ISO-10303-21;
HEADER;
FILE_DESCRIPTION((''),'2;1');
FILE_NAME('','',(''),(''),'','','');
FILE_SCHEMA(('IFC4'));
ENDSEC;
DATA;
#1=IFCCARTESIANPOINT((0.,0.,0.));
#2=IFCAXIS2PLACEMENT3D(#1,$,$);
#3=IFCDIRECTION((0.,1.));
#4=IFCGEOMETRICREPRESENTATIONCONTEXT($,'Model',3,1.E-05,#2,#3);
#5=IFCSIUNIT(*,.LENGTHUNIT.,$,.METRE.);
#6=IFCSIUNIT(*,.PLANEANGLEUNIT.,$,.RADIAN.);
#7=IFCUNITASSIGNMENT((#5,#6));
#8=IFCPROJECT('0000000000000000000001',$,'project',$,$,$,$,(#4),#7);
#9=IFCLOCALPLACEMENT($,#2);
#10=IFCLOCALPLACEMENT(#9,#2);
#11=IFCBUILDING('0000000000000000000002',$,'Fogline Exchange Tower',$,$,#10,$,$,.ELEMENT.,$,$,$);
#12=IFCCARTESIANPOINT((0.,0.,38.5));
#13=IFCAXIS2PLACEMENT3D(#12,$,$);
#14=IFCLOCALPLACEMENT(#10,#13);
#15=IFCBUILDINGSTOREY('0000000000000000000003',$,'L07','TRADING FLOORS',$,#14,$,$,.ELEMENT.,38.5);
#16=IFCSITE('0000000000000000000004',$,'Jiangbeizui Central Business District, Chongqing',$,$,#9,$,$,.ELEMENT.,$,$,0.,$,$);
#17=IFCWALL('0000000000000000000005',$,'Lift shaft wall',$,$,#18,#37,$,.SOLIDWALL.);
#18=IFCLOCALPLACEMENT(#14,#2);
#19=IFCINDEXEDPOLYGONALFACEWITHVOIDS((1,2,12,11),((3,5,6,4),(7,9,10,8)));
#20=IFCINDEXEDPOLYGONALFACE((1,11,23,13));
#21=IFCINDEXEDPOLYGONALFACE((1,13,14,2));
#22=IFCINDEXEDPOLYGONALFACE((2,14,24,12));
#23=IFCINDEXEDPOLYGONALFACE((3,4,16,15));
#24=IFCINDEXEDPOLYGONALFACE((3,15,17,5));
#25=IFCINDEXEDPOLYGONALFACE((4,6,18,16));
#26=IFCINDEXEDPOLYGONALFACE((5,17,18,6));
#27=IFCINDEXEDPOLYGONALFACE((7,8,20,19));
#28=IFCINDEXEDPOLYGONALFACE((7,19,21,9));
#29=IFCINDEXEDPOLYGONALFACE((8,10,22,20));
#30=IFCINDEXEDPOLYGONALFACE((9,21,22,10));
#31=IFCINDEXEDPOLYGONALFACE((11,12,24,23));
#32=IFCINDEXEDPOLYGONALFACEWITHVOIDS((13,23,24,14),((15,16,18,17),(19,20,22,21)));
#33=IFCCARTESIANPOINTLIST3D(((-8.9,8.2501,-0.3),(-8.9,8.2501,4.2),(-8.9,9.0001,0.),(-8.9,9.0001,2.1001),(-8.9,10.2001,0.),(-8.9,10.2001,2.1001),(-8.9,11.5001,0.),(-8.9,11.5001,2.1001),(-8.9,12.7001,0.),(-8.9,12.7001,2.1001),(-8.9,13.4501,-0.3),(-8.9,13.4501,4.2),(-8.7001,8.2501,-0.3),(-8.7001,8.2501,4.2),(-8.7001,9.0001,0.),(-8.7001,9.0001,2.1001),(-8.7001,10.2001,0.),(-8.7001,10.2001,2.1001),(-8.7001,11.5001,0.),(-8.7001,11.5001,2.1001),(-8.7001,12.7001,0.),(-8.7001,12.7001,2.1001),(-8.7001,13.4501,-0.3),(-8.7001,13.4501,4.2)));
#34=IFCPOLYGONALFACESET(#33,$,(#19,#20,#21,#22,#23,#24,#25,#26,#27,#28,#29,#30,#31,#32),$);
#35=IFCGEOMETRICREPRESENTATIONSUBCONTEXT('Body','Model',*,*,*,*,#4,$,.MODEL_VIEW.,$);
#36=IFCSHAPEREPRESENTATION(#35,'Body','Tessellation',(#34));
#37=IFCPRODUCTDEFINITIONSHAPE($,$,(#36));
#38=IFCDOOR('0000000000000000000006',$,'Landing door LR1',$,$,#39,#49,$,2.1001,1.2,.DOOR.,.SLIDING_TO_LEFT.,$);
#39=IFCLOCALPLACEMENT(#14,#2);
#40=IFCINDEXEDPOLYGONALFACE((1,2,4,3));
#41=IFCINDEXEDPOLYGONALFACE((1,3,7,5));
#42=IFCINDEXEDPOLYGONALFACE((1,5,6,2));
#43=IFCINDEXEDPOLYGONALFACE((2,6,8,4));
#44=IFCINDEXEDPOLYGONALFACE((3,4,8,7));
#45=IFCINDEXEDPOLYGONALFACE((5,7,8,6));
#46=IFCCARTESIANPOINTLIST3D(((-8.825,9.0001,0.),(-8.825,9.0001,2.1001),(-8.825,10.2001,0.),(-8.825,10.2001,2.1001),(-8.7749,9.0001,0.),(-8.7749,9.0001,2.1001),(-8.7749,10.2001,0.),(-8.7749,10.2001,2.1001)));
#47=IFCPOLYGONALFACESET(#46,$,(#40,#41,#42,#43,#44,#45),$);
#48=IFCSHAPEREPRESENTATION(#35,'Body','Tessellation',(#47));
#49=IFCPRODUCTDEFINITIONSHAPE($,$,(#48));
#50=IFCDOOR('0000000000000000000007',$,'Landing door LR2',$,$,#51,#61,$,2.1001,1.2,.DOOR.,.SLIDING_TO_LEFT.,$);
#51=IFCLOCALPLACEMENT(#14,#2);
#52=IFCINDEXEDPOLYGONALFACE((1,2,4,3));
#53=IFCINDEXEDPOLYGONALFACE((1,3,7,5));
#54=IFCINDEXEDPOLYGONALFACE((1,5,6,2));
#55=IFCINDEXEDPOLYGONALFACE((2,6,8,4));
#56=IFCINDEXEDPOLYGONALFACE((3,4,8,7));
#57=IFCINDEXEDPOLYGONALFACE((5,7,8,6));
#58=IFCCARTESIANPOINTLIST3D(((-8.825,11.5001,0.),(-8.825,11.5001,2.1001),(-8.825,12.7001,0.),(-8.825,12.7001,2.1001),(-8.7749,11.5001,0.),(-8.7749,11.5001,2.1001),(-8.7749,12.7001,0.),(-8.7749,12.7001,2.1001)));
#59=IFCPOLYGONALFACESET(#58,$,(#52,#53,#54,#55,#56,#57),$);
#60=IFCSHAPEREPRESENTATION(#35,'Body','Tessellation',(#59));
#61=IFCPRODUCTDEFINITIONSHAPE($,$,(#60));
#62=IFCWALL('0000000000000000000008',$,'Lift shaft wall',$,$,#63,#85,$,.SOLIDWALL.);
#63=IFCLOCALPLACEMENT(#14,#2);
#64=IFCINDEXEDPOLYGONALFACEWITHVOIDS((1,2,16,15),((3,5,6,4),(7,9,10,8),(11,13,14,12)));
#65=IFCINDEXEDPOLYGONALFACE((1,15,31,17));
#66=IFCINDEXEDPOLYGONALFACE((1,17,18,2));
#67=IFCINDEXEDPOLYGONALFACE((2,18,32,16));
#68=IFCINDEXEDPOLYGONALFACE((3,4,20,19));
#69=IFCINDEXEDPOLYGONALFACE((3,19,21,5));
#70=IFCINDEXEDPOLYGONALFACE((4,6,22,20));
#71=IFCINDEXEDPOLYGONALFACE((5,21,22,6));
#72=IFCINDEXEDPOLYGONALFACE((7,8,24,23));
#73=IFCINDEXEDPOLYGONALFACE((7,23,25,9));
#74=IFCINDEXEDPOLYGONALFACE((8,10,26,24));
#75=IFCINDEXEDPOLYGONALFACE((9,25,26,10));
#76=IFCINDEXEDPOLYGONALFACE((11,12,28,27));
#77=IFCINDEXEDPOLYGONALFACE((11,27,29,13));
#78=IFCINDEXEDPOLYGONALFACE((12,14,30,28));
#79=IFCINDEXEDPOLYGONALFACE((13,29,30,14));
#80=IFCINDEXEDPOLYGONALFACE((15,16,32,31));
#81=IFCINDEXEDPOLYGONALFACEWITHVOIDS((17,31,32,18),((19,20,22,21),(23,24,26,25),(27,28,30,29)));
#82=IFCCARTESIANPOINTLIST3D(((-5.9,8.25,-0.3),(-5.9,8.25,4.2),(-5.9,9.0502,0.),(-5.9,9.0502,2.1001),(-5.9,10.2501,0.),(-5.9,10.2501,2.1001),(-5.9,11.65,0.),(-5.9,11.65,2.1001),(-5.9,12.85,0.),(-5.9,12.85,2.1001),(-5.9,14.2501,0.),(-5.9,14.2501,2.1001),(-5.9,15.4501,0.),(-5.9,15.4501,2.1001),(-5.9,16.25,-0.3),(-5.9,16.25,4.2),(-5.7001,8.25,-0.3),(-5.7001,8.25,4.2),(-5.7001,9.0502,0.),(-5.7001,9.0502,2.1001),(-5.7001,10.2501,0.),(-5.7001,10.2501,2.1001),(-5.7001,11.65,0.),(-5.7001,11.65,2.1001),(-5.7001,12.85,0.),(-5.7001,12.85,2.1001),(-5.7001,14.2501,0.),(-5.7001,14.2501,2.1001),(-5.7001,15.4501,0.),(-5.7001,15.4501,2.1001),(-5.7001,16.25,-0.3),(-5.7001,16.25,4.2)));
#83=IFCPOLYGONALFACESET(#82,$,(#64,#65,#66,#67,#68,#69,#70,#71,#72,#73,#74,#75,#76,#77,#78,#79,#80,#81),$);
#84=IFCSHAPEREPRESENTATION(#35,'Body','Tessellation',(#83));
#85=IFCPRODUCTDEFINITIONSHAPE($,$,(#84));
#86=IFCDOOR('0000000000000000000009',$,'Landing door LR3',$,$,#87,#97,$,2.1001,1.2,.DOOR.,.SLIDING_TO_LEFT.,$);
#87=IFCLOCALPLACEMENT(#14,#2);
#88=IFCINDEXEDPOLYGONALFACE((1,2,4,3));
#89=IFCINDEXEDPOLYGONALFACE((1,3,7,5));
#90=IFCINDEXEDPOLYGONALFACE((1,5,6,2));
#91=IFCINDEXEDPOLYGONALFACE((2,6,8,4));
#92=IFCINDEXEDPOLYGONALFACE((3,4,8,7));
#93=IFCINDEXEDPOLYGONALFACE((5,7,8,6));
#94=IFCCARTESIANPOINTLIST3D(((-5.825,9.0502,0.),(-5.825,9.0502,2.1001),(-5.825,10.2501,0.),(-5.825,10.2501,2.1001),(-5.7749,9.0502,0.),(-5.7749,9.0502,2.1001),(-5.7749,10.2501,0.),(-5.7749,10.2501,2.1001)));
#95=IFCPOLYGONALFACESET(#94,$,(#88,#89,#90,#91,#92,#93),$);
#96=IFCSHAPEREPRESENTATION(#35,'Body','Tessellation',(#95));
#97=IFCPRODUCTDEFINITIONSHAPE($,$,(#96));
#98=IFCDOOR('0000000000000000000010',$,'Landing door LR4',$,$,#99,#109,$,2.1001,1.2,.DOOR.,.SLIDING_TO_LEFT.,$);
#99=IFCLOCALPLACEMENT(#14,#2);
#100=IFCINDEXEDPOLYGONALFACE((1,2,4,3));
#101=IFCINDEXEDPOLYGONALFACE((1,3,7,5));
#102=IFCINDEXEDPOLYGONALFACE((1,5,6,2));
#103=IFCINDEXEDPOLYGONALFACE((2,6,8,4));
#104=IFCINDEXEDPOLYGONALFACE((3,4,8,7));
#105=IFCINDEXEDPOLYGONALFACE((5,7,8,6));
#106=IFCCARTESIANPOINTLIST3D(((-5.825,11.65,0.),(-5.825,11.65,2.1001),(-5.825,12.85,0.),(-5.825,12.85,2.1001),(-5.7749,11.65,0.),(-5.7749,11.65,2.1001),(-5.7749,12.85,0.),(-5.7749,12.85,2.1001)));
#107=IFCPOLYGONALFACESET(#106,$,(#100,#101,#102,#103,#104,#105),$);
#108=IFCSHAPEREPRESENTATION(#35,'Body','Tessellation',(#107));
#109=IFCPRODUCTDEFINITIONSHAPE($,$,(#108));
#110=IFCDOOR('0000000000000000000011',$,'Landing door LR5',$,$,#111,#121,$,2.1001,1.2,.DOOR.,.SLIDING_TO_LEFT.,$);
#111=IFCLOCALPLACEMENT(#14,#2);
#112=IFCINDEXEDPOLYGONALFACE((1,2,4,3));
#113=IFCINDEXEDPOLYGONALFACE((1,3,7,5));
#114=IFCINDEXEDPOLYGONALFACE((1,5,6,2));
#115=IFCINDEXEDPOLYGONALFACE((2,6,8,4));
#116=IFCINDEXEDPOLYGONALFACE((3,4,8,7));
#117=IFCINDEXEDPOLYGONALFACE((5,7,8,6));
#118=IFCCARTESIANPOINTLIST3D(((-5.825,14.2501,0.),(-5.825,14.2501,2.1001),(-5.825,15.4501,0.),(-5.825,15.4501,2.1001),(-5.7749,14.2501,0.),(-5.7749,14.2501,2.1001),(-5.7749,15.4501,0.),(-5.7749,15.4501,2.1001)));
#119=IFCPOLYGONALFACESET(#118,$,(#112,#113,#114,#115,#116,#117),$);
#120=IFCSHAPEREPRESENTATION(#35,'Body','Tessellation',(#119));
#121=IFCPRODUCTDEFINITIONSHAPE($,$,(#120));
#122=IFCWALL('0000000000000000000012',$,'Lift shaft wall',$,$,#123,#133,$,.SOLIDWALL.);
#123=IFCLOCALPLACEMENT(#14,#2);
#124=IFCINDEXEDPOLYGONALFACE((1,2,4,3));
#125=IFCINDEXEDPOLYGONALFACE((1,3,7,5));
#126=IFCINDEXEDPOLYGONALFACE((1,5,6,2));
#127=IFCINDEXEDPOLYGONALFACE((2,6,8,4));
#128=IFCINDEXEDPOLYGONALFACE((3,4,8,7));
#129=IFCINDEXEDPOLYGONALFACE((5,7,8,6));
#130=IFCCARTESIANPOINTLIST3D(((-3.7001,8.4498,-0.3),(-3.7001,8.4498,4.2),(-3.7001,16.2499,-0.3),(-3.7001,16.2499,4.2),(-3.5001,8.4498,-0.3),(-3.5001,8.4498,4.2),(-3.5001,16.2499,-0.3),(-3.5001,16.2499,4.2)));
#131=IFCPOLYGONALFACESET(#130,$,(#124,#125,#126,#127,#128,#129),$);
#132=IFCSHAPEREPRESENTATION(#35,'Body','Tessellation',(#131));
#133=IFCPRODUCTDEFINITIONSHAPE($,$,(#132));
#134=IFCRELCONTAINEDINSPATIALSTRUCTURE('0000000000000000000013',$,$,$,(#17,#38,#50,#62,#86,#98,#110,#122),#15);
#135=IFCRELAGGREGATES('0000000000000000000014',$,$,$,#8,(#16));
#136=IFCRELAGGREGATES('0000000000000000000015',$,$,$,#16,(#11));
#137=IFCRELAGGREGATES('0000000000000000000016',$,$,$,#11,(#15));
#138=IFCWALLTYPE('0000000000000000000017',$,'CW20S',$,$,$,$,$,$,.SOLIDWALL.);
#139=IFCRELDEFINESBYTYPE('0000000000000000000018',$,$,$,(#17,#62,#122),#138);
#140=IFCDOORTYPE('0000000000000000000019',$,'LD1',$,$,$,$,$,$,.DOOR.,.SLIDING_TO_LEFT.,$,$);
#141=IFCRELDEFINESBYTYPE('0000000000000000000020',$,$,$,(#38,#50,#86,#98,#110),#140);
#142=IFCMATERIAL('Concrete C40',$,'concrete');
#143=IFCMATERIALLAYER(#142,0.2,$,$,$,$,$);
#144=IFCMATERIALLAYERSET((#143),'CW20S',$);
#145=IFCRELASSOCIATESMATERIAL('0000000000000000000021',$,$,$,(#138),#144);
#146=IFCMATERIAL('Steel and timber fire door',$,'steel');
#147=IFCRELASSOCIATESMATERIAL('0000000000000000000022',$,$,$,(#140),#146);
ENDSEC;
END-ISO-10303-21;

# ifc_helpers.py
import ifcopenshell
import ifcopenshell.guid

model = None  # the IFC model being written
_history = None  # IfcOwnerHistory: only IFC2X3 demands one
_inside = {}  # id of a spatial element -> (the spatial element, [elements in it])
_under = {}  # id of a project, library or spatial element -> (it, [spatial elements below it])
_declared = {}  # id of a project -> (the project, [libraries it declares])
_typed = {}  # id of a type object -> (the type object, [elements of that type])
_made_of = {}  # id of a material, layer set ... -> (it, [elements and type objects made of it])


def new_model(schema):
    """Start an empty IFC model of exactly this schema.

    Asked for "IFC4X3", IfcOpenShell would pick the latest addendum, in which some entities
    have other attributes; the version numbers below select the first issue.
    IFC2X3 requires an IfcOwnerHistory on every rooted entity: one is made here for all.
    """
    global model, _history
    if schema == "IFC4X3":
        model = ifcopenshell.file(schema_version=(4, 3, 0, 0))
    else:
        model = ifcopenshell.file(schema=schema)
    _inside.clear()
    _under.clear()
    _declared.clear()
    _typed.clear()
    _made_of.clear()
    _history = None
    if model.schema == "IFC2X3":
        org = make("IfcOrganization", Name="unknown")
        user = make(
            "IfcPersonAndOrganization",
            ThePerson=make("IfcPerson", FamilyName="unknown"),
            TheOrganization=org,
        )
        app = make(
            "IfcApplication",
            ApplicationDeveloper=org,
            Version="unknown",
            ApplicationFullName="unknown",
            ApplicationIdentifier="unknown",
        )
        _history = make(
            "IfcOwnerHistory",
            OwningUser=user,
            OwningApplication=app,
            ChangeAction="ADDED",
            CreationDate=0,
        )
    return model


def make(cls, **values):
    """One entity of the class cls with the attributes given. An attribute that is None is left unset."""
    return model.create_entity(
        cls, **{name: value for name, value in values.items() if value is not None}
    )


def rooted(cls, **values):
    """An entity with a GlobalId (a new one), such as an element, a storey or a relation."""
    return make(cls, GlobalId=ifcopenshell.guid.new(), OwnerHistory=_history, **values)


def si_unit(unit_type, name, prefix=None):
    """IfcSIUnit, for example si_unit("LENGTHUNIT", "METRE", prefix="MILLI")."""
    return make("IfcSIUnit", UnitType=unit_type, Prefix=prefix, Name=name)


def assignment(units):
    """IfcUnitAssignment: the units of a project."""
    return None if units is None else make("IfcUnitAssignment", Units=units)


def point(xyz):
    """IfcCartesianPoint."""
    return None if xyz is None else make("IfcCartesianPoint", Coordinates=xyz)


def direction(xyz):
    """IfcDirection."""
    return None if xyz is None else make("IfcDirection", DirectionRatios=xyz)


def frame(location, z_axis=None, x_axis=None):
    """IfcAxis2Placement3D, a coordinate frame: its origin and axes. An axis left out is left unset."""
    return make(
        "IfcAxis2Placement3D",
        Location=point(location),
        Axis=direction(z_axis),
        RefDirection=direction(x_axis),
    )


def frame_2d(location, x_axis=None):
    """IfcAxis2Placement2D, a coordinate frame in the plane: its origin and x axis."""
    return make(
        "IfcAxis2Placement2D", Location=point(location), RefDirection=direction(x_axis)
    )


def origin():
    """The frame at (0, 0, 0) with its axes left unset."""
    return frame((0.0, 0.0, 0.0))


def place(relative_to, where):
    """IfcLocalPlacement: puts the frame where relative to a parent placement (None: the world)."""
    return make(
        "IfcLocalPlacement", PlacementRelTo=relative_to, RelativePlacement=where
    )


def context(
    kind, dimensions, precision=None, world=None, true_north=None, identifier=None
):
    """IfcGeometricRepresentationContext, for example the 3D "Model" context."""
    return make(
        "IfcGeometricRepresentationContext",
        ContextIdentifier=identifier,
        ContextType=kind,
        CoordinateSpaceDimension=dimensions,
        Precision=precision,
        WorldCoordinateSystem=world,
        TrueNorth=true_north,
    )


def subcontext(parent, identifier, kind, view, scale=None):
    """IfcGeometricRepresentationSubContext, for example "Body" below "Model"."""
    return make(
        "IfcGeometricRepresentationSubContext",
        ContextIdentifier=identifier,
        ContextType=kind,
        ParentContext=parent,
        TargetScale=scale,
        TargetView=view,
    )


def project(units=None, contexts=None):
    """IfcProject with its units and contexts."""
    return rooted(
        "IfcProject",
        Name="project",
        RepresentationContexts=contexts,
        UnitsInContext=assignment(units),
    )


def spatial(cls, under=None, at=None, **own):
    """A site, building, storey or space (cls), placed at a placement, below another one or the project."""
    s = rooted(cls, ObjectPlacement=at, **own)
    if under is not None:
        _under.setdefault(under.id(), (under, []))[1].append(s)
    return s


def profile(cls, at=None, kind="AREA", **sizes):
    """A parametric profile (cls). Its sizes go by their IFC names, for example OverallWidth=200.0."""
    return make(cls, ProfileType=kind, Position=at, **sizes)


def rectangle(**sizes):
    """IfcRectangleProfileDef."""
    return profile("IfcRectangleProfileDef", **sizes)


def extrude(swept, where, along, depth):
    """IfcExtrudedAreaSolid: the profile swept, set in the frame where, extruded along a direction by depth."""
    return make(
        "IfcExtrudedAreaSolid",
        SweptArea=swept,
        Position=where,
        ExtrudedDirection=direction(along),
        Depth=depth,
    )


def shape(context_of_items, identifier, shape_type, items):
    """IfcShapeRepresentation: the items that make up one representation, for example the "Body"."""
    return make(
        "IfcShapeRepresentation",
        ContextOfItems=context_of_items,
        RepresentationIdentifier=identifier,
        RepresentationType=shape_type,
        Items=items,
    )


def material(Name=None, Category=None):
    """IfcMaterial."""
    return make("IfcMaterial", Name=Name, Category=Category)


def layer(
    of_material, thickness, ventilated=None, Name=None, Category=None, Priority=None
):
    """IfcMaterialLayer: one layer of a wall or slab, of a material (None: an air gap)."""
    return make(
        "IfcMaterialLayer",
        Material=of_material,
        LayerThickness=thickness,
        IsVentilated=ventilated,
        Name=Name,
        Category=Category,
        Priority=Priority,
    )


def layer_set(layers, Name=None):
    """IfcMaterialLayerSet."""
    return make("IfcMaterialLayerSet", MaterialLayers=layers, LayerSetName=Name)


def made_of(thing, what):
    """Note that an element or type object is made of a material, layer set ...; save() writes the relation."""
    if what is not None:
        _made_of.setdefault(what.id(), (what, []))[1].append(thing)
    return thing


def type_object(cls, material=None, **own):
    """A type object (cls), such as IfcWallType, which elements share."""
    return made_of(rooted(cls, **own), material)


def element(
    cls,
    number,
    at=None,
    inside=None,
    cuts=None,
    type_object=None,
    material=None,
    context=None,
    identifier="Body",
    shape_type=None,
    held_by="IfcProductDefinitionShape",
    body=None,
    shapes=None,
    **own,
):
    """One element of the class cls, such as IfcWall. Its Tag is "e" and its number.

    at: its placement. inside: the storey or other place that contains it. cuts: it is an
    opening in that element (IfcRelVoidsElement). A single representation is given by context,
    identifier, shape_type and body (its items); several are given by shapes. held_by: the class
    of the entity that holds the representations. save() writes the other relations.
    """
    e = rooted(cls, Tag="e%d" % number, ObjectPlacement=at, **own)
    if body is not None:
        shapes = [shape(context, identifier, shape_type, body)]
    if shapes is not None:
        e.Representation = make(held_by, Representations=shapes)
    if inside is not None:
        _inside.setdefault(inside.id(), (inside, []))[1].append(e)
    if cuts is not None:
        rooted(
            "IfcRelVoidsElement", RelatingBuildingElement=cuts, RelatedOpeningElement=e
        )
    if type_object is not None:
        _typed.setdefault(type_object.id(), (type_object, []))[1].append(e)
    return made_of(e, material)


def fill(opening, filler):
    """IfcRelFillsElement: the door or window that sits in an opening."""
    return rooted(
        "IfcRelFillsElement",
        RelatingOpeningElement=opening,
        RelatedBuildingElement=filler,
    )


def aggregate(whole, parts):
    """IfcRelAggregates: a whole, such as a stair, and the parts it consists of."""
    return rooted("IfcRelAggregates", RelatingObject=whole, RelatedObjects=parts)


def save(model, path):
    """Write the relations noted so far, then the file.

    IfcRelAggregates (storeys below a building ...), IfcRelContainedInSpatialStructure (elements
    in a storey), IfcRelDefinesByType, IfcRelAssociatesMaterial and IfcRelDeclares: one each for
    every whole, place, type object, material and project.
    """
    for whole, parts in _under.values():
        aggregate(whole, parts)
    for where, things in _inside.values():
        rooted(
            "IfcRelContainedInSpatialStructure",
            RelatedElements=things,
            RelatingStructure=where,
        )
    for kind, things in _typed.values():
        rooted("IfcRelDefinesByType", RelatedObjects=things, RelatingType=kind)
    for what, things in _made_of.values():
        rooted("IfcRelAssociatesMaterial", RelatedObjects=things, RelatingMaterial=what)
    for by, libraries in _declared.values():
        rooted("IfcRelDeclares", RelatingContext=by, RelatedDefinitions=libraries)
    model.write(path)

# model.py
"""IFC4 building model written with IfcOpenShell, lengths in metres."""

from ifc_helpers import new_model, si_unit, direction, frame, frame_2d, origin, place, context, subcontext, project, spatial, rectangle, extrude, material, layer, layer_set, type_object, element, fill, save


model = new_model("IFC4")

# Units and contexts
model_context = context("Model", 3, precision=1e-05, world=origin(), true_north=direction((0.0, 1.0)))
body_context = subcontext(model_context, "Body", "Model", "MODEL_VIEW")
ifc_project = project(units=[si_unit("LENGTHUNIT", "METRE"), si_unit("PLANEANGLEUNIT", "RADIAN")], contexts=[model_context])

# Site, building, storey
site_placement = place(None, origin())
site = spatial("IfcSite", under=ifc_project, at=site_placement, Name="Jiangbeizui Central Business District, Chongqing", CompositionType="ELEMENT", RefElevation=0.0)
building_placement = place(site_placement, origin())
building = spatial("IfcBuilding", under=site, at=building_placement, Name="Fogline Exchange Tower", CompositionType="ELEMENT")
storey_placement = place(building_placement, frame((0.0, 0.0, 38.5)))
storey = spatial("IfcBuildingStorey", under=building, at=storey_placement, Name="L07", Description="TRADING FLOORS", CompositionType="ELEMENT", Elevation=38.5)

# Shared definitions
ifc_material_1 = material(Name="Steel and timber fire door", Category="steel")

# Shared definitions
ifc_material_2 = material(Name="Concrete C40", Category="concrete")

# Walls, openings, doors
ifc_layer_1 = layer(ifc_material_2, 0.2)
ifc_layer_set_1 = layer_set([ifc_layer_1], Name="CW20S")
wall_type_1 = type_object("IfcWallType", Name="CW20S", PredefinedType="SOLIDWALL", material=ifc_layer_set_1)
wall_1_placement = place(storey_placement, frame((-8.8, 8.25, -0.3), z_axis=(0.0, 0.0, 1.0), x_axis=(0.0, 1.0, 0.0)))
wall_1 = element("IfcWall", 1, at=wall_1_placement, inside=storey, type_object=wall_type_1, Name="Lift shaft wall", PredefinedType="SOLIDWALL", context=body_context, shape_type="SweptSolid", body=[
    extrude(rectangle(XDim=5.2, YDim=0.2, at=frame_2d((2.6001, 0.0))), origin(), (0.0, 0.0, 1.0), 4.5),
])
opening_1_placement = place(wall_1_placement, frame((0.75, 0.0, 0.3)))
opening_1 = element("IfcOpeningElement", 2, at=opening_1_placement, cuts=wall_1, PredefinedType="OPENING", context=body_context, shape_type="SweptSolid", body=[
    extrude(rectangle(XDim=1.2, YDim=2.1001, at=frame_2d((0.6001, 1.05))), frame((0.0, 0.1099, 0.0), z_axis=(0.0, -1.0, 0.0), x_axis=(1.0, 0.0, 0.0)), (0.0, 0.0, 1.0), 0.22),
])
opening_2_placement = place(wall_1_placement, frame((3.25, 0.0, 0.3)))
opening_2 = element("IfcOpeningElement", 3, at=opening_2_placement, cuts=wall_1, PredefinedType="OPENING", context=body_context, shape_type="SweptSolid", body=[
    extrude(rectangle(XDim=1.2, YDim=2.1001, at=frame_2d((0.6001, 1.05))), frame((0.0, 0.1099, 0.0), z_axis=(0.0, -1.0, 0.0), x_axis=(1.0, 0.0, 0.0)), (0.0, 0.0, 1.0), 0.22),
])
door_type_1 = type_object("IfcDoorType", Name="LD1", OperationType="SLIDING_TO_LEFT", PredefinedType="DOOR", material=ifc_material_1)
door_1_placement = place(opening_1_placement, origin())
door_1 = element("IfcDoor", 4, at=door_1_placement, inside=storey, type_object=door_type_1, Name="Landing door LR1", OperationType="SLIDING_TO_LEFT", OverallHeight=2.1001, OverallWidth=1.2, PredefinedType="DOOR", context=body_context, shape_type="SweptSolid", body=[
    extrude(rectangle(XDim=1.2, YDim=2.1001, at=frame_2d((0.6001, 1.05))), frame((0.0, 0.0249, 0.0), z_axis=(0.0, -1.0, 0.0), x_axis=(1.0, 0.0, 0.0)), (0.0, 0.0, 1.0), 0.05),
])
fill(opening_1, door_1)
door_2_placement = place(opening_2_placement, origin())
door_2 = element("IfcDoor", 5, at=door_2_placement, inside=storey, type_object=door_type_1, Name="Landing door LR2", OperationType="SLIDING_TO_LEFT", OverallHeight=2.1001, OverallWidth=1.2, PredefinedType="DOOR", context=body_context, shape_type="SweptSolid", body=[
    extrude(rectangle(XDim=1.2, YDim=2.1001, at=frame_2d((0.6001, 1.05))), frame((0.0, 0.0249, 0.0), z_axis=(0.0, -1.0, 0.0), x_axis=(1.0, 0.0, 0.0)), (0.0, 0.0, 1.0), 0.05),
])
fill(opening_2, door_2)
wall_2_placement = place(storey_placement, frame((-5.8, 8.25, -0.3), z_axis=(0.0, 0.0, 1.0), x_axis=(0.0, 1.0, 0.0)))
wall_2 = element("IfcWall", 6, at=wall_2_placement, inside=storey, type_object=wall_type_1, Name="Lift shaft wall", PredefinedType="SOLIDWALL", context=body_context, shape_type="SweptSolid", body=[
    extrude(rectangle(XDim=8.0, YDim=0.2, at=frame_2d((4.0, 0.0))), origin(), (0.0, 0.0, 1.0), 4.5),
])
opening_3_placement = place(wall_2_placement, frame((0.8, 0.0, 0.3)))
opening_3 = element("IfcOpeningElement", 7, at=opening_3_placement, cuts=wall_2, PredefinedType="OPENING", context=body_context, shape_type="SweptSolid", body=[
    extrude(rectangle(XDim=1.2, YDim=2.1001, at=frame_2d((0.6001, 1.05))), frame((0.0, 0.1099, 0.0), z_axis=(0.0, -1.0, 0.0), x_axis=(1.0, 0.0, 0.0)), (0.0, 0.0, 1.0), 0.22),
])
opening_4_placement = place(wall_2_placement, frame((3.3999, 0.0, 0.3)))
opening_4 = element("IfcOpeningElement", 8, at=opening_4_placement, cuts=wall_2, PredefinedType="OPENING", context=body_context, shape_type="SweptSolid", body=[
    extrude(rectangle(XDim=1.2, YDim=2.1001, at=frame_2d((0.6001, 1.05))), frame((0.0, 0.1099, 0.0), z_axis=(0.0, -1.0, 0.0), x_axis=(1.0, 0.0, 0.0)), (0.0, 0.0, 1.0), 0.22),
])
opening_5_placement = place(wall_2_placement, frame((6.0, 0.0, 0.3)))
opening_5 = element("IfcOpeningElement", 9, at=opening_5_placement, cuts=wall_2, PredefinedType="OPENING", context=body_context, shape_type="SweptSolid", body=[
    extrude(rectangle(XDim=1.2, YDim=2.1001, at=frame_2d((0.6001, 1.05))), frame((0.0, 0.1099, 0.0), z_axis=(0.0, -1.0, 0.0), x_axis=(1.0, 0.0, 0.0)), (0.0, 0.0, 1.0), 0.22),
])
door_3_placement = place(opening_3_placement, origin())
door_3 = element("IfcDoor", 10, at=door_3_placement, inside=storey, type_object=door_type_1, Name="Landing door LR3", OperationType="SLIDING_TO_LEFT", OverallHeight=2.1001, OverallWidth=1.2, PredefinedType="DOOR", context=body_context, shape_type="SweptSolid", body=[
    extrude(rectangle(XDim=1.2, YDim=2.1001, at=frame_2d((0.6001, 1.05))), frame((0.0, 0.0249, 0.0), z_axis=(0.0, -1.0, 0.0), x_axis=(1.0, 0.0, 0.0)), (0.0, 0.0, 1.0), 0.05),
])
fill(opening_3, door_3)
door_4_placement = place(opening_4_placement, origin())
door_4 = element("IfcDoor", 11, at=door_4_placement, inside=storey, type_object=door_type_1, Name="Landing door LR4", OperationType="SLIDING_TO_LEFT", OverallHeight=2.1001, OverallWidth=1.2, PredefinedType="DOOR", context=body_context, shape_type="SweptSolid", body=[
    extrude(rectangle(XDim=1.2, YDim=2.1001, at=frame_2d((0.6001, 1.05))), frame((0.0, 0.0249, 0.0), z_axis=(0.0, -1.0, 0.0), x_axis=(1.0, 0.0, 0.0)), (0.0, 0.0, 1.0), 0.05),
])
fill(opening_4, door_4)
door_5_placement = place(opening_5_placement, origin())
door_5 = element("IfcDoor", 12, at=door_5_placement, inside=storey, type_object=door_type_1, Name="Landing door LR5", OperationType="SLIDING_TO_LEFT", OverallHeight=2.1001, OverallWidth=1.2, PredefinedType="DOOR", context=body_context, shape_type="SweptSolid", body=[
    extrude(rectangle(XDim=1.2, YDim=2.1001, at=frame_2d((0.6001, 1.05))), frame((0.0, 0.0249, 0.0), z_axis=(0.0, -1.0, 0.0), x_axis=(1.0, 0.0, 0.0)), (0.0, 0.0, 1.0), 0.05),
])
fill(opening_5, door_5)

# Wall
wall_3_placement = place(storey_placement, frame((-3.6001, 8.45, -0.3), z_axis=(0.0, 0.0, 1.0), x_axis=(0.0, 1.0, 0.0)))
element("IfcWall", 13, at=wall_3_placement, inside=storey, type_object=wall_type_1, Name="Lift shaft wall", PredefinedType="SOLIDWALL", context=body_context, shape_type="SweptSolid", body=[
    extrude(rectangle(XDim=7.8, YDim=0.2, at=frame_2d((3.8999, 0.0))), origin(), (0.0, 0.0, 1.0), 4.5),
])

save(model, "model.ifc")
